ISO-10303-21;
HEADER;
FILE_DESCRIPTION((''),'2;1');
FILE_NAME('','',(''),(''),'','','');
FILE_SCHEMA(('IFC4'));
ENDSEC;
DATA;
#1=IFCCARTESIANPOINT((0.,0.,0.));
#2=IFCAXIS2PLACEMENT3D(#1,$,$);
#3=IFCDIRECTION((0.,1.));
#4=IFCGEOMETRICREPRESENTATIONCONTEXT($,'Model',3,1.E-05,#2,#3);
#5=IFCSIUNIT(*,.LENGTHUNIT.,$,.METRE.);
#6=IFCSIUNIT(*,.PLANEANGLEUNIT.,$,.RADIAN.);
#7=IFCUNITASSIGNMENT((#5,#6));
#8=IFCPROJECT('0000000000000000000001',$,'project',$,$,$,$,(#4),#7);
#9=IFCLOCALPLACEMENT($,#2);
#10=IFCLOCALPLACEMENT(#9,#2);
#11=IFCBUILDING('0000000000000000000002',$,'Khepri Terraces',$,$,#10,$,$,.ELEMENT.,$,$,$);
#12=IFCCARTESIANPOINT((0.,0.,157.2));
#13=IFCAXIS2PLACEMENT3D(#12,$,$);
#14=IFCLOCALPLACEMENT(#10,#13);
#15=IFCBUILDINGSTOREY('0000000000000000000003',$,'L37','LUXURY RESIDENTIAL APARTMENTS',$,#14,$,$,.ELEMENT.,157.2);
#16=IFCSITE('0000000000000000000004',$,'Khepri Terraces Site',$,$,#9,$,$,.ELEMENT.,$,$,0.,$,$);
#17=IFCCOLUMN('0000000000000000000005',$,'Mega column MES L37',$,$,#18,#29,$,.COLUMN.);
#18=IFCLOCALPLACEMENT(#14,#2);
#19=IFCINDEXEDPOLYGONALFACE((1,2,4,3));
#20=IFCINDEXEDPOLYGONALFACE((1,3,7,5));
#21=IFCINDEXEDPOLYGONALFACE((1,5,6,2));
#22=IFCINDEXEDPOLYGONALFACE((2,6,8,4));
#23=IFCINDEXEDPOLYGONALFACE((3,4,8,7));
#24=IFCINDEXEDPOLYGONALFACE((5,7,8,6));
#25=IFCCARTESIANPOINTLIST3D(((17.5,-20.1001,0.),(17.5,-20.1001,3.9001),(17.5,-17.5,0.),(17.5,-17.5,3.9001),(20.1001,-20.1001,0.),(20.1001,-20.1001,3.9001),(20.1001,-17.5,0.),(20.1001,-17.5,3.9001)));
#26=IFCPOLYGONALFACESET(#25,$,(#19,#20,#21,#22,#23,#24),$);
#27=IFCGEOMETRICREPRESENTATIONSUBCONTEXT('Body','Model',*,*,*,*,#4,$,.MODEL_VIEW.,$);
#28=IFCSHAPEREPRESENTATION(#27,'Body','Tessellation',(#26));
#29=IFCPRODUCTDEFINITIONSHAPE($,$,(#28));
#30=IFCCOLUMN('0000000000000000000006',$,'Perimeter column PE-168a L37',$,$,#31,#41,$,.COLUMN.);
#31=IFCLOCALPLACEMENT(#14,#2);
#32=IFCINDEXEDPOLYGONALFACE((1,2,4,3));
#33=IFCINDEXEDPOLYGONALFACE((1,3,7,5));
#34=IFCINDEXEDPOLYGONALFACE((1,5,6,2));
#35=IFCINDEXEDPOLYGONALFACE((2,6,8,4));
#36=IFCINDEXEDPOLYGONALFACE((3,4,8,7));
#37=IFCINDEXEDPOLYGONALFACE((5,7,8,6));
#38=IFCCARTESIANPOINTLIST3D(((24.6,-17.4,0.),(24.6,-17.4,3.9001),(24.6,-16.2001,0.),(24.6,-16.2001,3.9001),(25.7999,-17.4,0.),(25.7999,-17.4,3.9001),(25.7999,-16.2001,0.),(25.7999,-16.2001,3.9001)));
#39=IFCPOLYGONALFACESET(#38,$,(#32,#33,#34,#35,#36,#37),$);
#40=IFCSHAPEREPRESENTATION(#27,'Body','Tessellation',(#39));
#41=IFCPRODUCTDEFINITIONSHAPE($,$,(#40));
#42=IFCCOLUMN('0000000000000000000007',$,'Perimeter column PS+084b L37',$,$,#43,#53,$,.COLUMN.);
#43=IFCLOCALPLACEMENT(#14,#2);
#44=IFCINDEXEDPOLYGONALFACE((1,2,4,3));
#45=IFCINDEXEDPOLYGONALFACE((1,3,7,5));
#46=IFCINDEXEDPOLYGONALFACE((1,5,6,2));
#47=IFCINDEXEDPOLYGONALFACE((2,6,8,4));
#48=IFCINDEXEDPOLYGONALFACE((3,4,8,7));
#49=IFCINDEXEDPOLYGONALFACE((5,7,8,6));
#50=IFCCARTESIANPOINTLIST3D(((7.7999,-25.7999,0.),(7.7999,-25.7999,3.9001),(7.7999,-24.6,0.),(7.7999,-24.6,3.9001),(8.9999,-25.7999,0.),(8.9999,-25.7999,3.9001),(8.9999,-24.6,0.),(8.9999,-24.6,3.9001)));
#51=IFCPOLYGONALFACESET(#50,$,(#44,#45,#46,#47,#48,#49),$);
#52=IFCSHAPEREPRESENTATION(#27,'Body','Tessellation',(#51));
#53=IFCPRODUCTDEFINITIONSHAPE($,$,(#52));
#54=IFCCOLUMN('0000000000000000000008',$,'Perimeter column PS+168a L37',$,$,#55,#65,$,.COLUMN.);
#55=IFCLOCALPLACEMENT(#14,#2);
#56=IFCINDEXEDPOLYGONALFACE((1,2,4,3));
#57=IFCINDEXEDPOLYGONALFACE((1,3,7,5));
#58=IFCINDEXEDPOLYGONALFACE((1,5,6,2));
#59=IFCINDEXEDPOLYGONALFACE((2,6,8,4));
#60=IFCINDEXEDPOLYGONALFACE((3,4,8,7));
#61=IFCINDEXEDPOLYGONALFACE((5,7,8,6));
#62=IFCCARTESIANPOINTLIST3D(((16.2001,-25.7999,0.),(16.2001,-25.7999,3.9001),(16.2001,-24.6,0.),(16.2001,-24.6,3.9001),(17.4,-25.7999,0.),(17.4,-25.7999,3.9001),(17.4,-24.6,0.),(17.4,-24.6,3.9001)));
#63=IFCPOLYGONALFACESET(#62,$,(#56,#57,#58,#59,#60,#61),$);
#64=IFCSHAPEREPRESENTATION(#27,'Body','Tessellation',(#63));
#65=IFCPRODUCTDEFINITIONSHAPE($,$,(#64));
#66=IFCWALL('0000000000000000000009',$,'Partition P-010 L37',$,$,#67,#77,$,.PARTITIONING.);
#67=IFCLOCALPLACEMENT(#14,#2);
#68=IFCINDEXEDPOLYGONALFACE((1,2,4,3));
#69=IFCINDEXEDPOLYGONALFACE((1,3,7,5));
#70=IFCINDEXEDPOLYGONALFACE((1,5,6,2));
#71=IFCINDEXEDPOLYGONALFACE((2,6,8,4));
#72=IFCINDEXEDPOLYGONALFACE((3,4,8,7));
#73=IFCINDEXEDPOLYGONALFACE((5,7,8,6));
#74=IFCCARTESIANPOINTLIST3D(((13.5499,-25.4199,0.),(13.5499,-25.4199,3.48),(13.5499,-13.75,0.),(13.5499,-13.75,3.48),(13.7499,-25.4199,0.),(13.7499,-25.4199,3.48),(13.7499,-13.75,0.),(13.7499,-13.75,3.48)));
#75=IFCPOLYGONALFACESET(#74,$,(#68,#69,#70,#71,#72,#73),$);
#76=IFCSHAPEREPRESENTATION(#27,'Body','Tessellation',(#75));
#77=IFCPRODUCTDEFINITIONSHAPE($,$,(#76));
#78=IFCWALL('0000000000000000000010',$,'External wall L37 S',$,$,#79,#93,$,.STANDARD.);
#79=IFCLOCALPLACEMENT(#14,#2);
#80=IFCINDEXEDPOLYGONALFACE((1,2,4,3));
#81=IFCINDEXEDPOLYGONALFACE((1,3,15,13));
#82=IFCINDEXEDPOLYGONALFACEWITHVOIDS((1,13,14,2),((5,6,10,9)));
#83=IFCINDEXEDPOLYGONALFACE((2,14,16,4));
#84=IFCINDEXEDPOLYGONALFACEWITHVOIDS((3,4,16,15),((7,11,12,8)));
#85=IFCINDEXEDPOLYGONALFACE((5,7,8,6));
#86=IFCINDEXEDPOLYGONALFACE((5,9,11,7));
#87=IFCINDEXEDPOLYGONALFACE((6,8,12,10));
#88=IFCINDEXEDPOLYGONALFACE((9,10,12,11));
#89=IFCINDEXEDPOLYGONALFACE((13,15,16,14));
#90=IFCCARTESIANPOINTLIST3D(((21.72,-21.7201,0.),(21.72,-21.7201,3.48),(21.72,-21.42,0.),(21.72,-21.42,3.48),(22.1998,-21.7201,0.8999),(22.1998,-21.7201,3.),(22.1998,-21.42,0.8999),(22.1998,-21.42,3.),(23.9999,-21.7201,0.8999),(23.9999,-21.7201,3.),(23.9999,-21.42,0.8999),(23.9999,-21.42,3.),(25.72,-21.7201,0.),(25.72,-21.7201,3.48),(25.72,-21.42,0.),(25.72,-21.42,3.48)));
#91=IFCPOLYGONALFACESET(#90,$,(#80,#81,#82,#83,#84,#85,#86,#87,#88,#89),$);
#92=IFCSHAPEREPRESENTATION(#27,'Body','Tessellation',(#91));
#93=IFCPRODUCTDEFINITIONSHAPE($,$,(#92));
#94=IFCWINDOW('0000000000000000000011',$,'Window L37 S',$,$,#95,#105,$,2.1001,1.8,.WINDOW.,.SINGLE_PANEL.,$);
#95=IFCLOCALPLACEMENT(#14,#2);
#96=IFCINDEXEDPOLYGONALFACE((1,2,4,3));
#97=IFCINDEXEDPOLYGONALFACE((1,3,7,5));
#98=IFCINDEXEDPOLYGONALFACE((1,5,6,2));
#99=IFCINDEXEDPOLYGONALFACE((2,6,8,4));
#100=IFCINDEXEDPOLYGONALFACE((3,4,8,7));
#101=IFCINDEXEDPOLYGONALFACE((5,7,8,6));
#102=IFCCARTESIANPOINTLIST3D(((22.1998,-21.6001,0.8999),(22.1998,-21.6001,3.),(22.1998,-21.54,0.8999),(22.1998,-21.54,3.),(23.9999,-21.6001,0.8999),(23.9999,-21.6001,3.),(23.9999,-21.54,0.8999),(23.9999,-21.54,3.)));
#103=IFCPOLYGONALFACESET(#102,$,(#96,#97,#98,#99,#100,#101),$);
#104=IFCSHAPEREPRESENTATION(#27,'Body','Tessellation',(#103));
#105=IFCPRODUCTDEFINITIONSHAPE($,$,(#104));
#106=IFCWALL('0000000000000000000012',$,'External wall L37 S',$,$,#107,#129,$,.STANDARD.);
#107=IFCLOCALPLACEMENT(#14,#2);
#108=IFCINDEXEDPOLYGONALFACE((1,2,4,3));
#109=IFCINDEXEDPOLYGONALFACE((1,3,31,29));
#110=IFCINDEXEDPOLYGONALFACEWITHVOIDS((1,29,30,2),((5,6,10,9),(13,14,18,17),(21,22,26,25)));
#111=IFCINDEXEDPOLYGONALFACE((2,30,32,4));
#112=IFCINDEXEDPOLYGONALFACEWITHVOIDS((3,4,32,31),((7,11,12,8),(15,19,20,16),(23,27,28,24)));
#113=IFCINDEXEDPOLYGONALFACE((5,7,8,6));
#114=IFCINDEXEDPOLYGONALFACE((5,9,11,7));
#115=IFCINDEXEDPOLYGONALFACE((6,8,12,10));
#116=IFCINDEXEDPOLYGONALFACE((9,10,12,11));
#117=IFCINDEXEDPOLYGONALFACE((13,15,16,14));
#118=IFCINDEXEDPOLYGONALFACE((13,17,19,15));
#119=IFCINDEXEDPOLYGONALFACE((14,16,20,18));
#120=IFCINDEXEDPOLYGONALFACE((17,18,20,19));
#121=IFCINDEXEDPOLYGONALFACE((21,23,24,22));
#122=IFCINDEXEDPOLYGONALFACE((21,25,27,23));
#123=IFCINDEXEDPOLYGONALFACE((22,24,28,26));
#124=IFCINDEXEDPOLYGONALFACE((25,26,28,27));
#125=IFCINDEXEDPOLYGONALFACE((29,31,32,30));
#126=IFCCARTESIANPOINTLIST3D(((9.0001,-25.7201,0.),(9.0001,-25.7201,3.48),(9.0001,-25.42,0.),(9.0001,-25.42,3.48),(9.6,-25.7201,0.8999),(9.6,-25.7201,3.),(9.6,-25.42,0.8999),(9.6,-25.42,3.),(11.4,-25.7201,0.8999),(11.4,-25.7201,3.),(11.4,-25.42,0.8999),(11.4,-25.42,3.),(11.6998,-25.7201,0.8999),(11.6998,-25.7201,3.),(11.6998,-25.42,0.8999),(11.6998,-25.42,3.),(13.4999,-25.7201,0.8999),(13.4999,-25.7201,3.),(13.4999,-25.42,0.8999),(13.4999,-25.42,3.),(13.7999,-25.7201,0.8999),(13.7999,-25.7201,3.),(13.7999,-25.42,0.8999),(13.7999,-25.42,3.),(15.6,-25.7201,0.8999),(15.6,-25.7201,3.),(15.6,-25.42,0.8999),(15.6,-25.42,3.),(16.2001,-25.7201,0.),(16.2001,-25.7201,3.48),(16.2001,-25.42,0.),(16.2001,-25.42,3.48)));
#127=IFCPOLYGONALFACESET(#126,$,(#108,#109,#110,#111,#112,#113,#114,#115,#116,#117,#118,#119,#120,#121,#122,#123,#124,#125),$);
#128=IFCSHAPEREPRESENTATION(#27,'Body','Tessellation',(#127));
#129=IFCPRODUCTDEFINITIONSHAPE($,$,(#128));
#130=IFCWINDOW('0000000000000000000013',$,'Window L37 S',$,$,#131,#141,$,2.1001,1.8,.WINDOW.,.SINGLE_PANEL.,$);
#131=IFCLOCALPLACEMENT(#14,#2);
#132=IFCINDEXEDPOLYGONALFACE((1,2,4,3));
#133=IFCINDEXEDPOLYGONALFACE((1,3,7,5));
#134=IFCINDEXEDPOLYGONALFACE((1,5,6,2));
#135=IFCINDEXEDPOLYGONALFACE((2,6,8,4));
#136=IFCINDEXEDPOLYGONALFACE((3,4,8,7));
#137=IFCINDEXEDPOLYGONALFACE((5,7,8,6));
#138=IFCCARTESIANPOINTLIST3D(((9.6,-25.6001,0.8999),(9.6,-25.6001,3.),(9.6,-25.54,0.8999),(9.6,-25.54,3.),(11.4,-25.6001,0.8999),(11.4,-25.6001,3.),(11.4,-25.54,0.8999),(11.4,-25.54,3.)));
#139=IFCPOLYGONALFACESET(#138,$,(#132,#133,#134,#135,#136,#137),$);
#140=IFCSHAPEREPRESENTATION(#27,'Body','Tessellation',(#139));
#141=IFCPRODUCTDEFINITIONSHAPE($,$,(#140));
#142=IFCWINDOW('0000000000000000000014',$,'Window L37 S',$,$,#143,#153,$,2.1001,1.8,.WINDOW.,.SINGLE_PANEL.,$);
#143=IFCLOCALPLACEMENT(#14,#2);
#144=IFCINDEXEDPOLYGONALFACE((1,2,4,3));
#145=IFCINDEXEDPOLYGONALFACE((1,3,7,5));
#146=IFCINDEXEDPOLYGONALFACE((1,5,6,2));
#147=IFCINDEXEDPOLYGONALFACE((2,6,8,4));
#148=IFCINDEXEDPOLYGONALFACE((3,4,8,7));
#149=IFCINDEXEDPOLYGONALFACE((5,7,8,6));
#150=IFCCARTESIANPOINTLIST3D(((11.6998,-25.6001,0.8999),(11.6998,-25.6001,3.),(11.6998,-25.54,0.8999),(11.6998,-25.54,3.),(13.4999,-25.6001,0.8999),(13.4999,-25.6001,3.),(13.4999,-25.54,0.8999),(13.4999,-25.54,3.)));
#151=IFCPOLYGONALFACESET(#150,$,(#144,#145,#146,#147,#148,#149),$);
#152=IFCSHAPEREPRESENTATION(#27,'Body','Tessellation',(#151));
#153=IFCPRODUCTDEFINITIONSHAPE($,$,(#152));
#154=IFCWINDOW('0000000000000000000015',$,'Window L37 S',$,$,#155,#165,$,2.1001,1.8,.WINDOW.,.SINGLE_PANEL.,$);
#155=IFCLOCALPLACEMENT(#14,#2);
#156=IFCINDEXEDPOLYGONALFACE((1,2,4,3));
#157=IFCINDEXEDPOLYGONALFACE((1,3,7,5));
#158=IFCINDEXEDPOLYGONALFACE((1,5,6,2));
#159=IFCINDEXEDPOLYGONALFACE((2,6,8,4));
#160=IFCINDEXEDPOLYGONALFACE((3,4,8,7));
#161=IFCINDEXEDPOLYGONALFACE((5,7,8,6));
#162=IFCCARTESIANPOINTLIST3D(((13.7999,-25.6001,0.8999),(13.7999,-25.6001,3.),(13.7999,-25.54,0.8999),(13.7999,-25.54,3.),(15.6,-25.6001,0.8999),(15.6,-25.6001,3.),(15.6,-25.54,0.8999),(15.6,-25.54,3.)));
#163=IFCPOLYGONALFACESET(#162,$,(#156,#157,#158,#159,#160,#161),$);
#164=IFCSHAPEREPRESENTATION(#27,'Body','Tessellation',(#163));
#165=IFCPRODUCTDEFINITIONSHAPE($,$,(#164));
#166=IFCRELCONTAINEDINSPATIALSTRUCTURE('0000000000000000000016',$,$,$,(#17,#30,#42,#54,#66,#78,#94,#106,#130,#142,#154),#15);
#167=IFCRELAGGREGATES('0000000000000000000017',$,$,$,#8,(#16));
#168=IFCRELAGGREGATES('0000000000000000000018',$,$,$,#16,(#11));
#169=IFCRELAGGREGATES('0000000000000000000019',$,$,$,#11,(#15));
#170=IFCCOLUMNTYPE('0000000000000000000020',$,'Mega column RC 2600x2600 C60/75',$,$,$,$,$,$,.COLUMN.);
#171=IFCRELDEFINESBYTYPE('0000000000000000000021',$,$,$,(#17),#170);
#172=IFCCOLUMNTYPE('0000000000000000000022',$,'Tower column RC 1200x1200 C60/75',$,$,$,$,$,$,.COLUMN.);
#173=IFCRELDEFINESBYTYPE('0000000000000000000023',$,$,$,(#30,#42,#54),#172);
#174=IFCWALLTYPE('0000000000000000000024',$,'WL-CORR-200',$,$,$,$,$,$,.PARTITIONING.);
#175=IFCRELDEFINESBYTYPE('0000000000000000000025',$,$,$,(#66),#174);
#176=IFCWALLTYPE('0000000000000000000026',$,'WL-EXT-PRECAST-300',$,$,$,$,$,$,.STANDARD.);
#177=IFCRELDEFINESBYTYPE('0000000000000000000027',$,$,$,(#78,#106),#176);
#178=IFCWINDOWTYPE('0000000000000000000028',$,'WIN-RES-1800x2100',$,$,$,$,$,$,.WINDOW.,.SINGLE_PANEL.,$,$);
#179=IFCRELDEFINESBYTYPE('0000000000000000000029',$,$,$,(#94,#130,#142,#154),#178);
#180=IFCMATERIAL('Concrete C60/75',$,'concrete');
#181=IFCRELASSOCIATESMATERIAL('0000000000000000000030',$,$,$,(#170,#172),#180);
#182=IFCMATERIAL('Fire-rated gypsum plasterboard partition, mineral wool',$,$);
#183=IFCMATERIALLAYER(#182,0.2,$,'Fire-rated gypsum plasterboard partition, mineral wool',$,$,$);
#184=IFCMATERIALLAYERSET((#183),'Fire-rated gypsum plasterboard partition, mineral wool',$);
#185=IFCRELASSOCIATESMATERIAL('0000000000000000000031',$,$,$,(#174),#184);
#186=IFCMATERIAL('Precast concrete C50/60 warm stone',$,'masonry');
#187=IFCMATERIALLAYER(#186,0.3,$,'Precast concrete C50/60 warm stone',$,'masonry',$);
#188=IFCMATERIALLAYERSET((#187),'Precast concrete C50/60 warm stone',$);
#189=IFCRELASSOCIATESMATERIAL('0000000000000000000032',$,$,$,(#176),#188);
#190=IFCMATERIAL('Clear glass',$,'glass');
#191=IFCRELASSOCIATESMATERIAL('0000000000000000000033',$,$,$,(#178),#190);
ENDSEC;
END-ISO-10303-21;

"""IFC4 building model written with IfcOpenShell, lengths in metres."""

from ifc_helpers import new_model, si_unit, direction, frame, frame_2d, origin, origin_2d, place, context, subcontext, project, spatial, rectangle, extrude, material, layer, layer_set, material_profile, profile_set, type_object, element, fill, save


model = new_model("IFC4")

# Units and contexts
model_context = context("Model", 3, precision=1e-05, world=origin(), true_north=direction((0.0, 1.0)))
body_context = subcontext(model_context, "Body", "Model", "MODEL_VIEW")
ifc_project = project(units=[si_unit("LENGTHUNIT", "METRE"), si_unit("PLANEANGLEUNIT", "RADIAN")], contexts=[model_context])

# Site, building, storey
site_placement = place(None, origin())
site = spatial("IfcSite", under=ifc_project, at=site_placement, Name="Khepri Terraces Site", CompositionType="ELEMENT", RefElevation=0.0)
building_placement = place(site_placement, origin())
building = spatial("IfcBuilding", under=site, at=building_placement, Name="Khepri Terraces", CompositionType="ELEMENT")
storey_placement = place(building_placement, frame((0.0, 0.0, 157.2)))
storey = spatial("IfcBuildingStorey", under=building, at=storey_placement, Name="L37", Description="LUXURY RESIDENTIAL APARTMENTS", CompositionType="ELEMENT", Elevation=157.2)

# Columns
ifc_material_1 = material(Name="Concrete C60/75", Category="concrete")
ifc_material_profile_1 = material_profile(ifc_material_1, rectangle(XDim=2.6001, YDim=2.6001, at=origin_2d()), Name="Concrete C60/75", Category="concrete")
ifc_profile_set_1 = profile_set([ifc_material_profile_1], Name="Concrete C60/75")
column_type_1 = type_object("IfcColumnType", Name="Mega column RC 2600x2600 C60/75", PredefinedType="COLUMN", material=ifc_profile_set_1)
column_placement = place(storey_placement, frame((18.8, -18.8, 0.0), z_axis=(0.0, 0.0, 1.0), x_axis=(1.0, 0.0, 0.0)))
element("IfcColumn", 1, at=column_placement, inside=storey, type_object=column_type_1, Name="Mega column MES L37", PredefinedType="COLUMN", context=body_context, shape_type="SweptSolid", body=[
    extrude(rectangle(XDim=2.6001, YDim=2.6001, at=origin_2d()), origin(), (0.0, 0.0, 1.0), 3.9001),
])
ifc_material_profile_2 = material_profile(ifc_material_1, rectangle(XDim=1.2, YDim=1.2, at=origin_2d()), Name="Concrete C60/75", Category="concrete")
ifc_profile_set_2 = profile_set([ifc_material_profile_2], Name="Concrete C60/75")
column_type_2 = type_object("IfcColumnType", Name="Tower column RC 1200x1200 C60/75", PredefinedType="COLUMN", material=ifc_profile_set_2)
for number, where, z_axis, x_axis, name in (
    (2, (25.2, -16.8, 0.0), (0.0, 0.0, 1.0), (1.0, 0.0, 0.0), "Perimeter column PE-168a L37"),
    (3, (8.3999, -25.2, 0.0), (0.0, 0.0, 1.0), (1.0, 0.0, 0.0), "Perimeter column PS+084b L37"),
    (4, (16.8, -25.2, 0.0), (0.0, 0.0, 1.0), (1.0, 0.0, 0.0), "Perimeter column PS+168a L37"),
):
    element("IfcColumn", number, at=place(storey_placement, frame(where, z_axis=z_axis, x_axis=x_axis)), inside=storey, type_object=column_type_2, Name=name, PredefinedType="COLUMN", context=body_context, shape_type="SweptSolid", body=[
        extrude(rectangle(XDim=1.2, YDim=1.2, at=origin_2d()), origin(), (0.0, 0.0, 1.0), 3.9001),
    ])

# Wall
ifc_material_2 = material(Name="Fire-rated gypsum plasterboard partition, mineral wool")
ifc_layer_1 = layer(ifc_material_2, 0.2, Name="Fire-rated gypsum plasterboard partition, mineral wool")
ifc_layer_set_1 = layer_set([ifc_layer_1], Name="Fire-rated gypsum plasterboard partition, mineral wool")
wall_type_1 = type_object("IfcWallType", Name="WL-CORR-200", PredefinedType="PARTITIONING", material=ifc_layer_set_1)
wall_1_placement = place(storey_placement, frame((13.6499, -25.4199, 0.0), z_axis=(0.0, 0.0, 1.0), x_axis=(0.0, 1.0, 0.0)))
element("IfcWall", 5, at=wall_1_placement, inside=storey, type_object=wall_type_1, Name="Partition P-010 L37", PredefinedType="PARTITIONING", context=body_context, shape_type="SweptSolid", body=[
    extrude(rectangle(XDim=11.6699, YDim=0.2, at=frame_2d((5.835, 0.0))), origin(), (0.0, 0.0, 1.0), 3.48),
])

# Wall, opening, window
ifc_material_3 = material(Name="Precast concrete C50/60 warm stone", Category="masonry")
ifc_layer_2 = layer(ifc_material_3, 0.3, Name="Precast concrete C50/60 warm stone", Category="masonry")
ifc_layer_set_2 = layer_set([ifc_layer_2], Name="Precast concrete C50/60 warm stone")
wall_type_2 = type_object("IfcWallType", Name="WL-EXT-PRECAST-300", PredefinedType="STANDARD", material=ifc_layer_set_2)
wall_2_placement = place(storey_placement, frame((21.72, -21.5701, 0.0), z_axis=(0.0, 0.0, 1.0), x_axis=(1.0, 0.0, 0.0)))
wall_2 = element("IfcWall", 6, at=wall_2_placement, inside=storey, type_object=wall_type_2, Name="External wall L37 S", PredefinedType="STANDARD", context=body_context, shape_type="SweptSolid", body=[
    extrude(rectangle(XDim=4.0, YDim=0.3, at=frame_2d((2.0, 0.0))), origin(), (0.0, 0.0, 1.0), 3.48),
])
opening_1_placement = place(wall_2_placement, frame((0.48, 0.0, 0.8999)))
opening_1 = element("IfcOpeningElement", 7, at=opening_1_placement, cuts=wall_2, PredefinedType="OPENING", context=body_context, shape_type="SweptSolid", body=[
    extrude(rectangle(XDim=1.8, YDim=2.1001, at=frame_2d((0.8999, 1.05))), frame((0.0, 0.1602, 0.0), z_axis=(0.0, -1.0, 0.0), x_axis=(1.0, 0.0, 0.0)), (0.0, 0.0, 1.0), 0.3201),
])
ifc_material_4 = material(Name="Clear glass", Category="glass")
window_type = type_object("IfcWindowType", Name="WIN-RES-1800x2100", PartitioningType="SINGLE_PANEL", PredefinedType="WINDOW", material=ifc_material_4)
window_1_placement = place(opening_1_placement, origin())
window_1 = element("IfcWindow", 8, at=window_1_placement, inside=storey, type_object=window_type, Name="Window L37 S", OverallHeight=2.1001, OverallWidth=1.8, PartitioningType="SINGLE_PANEL", PredefinedType="WINDOW", context=body_context, shape_type="SweptSolid", body=[
    extrude(rectangle(XDim=1.8, YDim=2.1001, at=frame_2d((0.8999, 1.05))), frame((0.0, 0.03, 0.0), z_axis=(0.0, -1.0, 0.0), x_axis=(1.0, 0.0, 0.0)), (0.0, 0.0, 1.0), 0.0601),
])
fill(opening_1, window_1)

# Wall, openings, windows
wall_3_placement = place(storey_placement, frame((9.0, -25.5701, 0.0), z_axis=(0.0, 0.0, 1.0), x_axis=(1.0, 0.0, 0.0)))
wall_3 = element("IfcWall", 9, at=wall_3_placement, inside=storey, type_object=wall_type_2, Name="External wall L37 S", PredefinedType="STANDARD", context=body_context, shape_type="SweptSolid", body=[
    extrude(rectangle(XDim=7.2, YDim=0.3, at=frame_2d((3.6001, 0.0))), origin(), (0.0, 0.0, 1.0), 3.48),
])
opening_2_placement = place(wall_3_placement, frame((0.6001, 0.0, 0.8999)))
opening_2 = element("IfcOpeningElement", 10, at=opening_2_placement, cuts=wall_3, PredefinedType="OPENING", context=body_context, shape_type="SweptSolid", body=[
    extrude(rectangle(XDim=1.8, YDim=2.1001, at=frame_2d((0.8999, 1.05))), frame((0.0, 0.1602, 0.0), z_axis=(0.0, -1.0, 0.0), x_axis=(1.0, 0.0, 0.0)), (0.0, 0.0, 1.0), 0.3201),
])
opening_3_placement = place(wall_3_placement, frame((2.7, 0.0, 0.8999)))
opening_3 = element("IfcOpeningElement", 11, at=opening_3_placement, cuts=wall_3, PredefinedType="OPENING", context=body_context, shape_type="SweptSolid", body=[
    extrude(rectangle(XDim=1.8, YDim=2.1001, at=frame_2d((0.8999, 1.05))), frame((0.0, 0.1602, 0.0), z_axis=(0.0, -1.0, 0.0), x_axis=(1.0, 0.0, 0.0)), (0.0, 0.0, 1.0), 0.3201),
])
opening_4_placement = place(wall_3_placement, frame((4.8, 0.0, 0.8999)))
opening_4 = element("IfcOpeningElement", 12, at=opening_4_placement, cuts=wall_3, PredefinedType="OPENING", context=body_context, shape_type="SweptSolid", body=[
    extrude(rectangle(XDim=1.8, YDim=2.1001, at=frame_2d((0.8999, 1.05))), frame((0.0, 0.1602, 0.0), z_axis=(0.0, -1.0, 0.0), x_axis=(1.0, 0.0, 0.0)), (0.0, 0.0, 1.0), 0.3201),
])
window_2_placement = place(opening_2_placement, origin())
window_2 = element("IfcWindow", 13, at=window_2_placement, inside=storey, type_object=window_type, Name="Window L37 S", OverallHeight=2.1001, OverallWidth=1.8, PartitioningType="SINGLE_PANEL", PredefinedType="WINDOW", context=body_context, shape_type="SweptSolid", body=[
    extrude(rectangle(XDim=1.8, YDim=2.1001, at=frame_2d((0.8999, 1.05))), frame((0.0, 0.03, 0.0), z_axis=(0.0, -1.0, 0.0), x_axis=(1.0, 0.0, 0.0)), (0.0, 0.0, 1.0), 0.0601),
])
fill(opening_2, window_2)
window_3_placement = place(opening_3_placement, origin())
window_3 = element("IfcWindow", 14, at=window_3_placement, inside=storey, type_object=window_type, Name="Window L37 S", OverallHeight=2.1001, OverallWidth=1.8, PartitioningType="SINGLE_PANEL", PredefinedType="WINDOW", context=body_context, shape_type="SweptSolid", body=[
    extrude(rectangle(XDim=1.8, YDim=2.1001, at=frame_2d((0.8999, 1.05))), frame((0.0, 0.03, 0.0), z_axis=(0.0, -1.0, 0.0), x_axis=(1.0, 0.0, 0.0)), (0.0, 0.0, 1.0), 0.0601),
])
fill(opening_3, window_3)
window_4_placement = place(opening_4_placement, origin())
window_4 = element("IfcWindow", 15, at=window_4_placement, inside=storey, type_object=window_type, Name="Window L37 S", OverallHeight=2.1001, OverallWidth=1.8, PartitioningType="SINGLE_PANEL", PredefinedType="WINDOW", context=body_context, shape_type="SweptSolid", body=[
    extrude(rectangle(XDim=1.8, YDim=2.1001, at=frame_2d((0.8999, 1.05))), frame((0.0, 0.03, 0.0), z_axis=(0.0, -1.0, 0.0), x_axis=(1.0, 0.0, 0.0)), (0.0, 0.0, 1.0), 0.0601),
])
fill(opening_4, window_4)

save(model, "model.ifc")
